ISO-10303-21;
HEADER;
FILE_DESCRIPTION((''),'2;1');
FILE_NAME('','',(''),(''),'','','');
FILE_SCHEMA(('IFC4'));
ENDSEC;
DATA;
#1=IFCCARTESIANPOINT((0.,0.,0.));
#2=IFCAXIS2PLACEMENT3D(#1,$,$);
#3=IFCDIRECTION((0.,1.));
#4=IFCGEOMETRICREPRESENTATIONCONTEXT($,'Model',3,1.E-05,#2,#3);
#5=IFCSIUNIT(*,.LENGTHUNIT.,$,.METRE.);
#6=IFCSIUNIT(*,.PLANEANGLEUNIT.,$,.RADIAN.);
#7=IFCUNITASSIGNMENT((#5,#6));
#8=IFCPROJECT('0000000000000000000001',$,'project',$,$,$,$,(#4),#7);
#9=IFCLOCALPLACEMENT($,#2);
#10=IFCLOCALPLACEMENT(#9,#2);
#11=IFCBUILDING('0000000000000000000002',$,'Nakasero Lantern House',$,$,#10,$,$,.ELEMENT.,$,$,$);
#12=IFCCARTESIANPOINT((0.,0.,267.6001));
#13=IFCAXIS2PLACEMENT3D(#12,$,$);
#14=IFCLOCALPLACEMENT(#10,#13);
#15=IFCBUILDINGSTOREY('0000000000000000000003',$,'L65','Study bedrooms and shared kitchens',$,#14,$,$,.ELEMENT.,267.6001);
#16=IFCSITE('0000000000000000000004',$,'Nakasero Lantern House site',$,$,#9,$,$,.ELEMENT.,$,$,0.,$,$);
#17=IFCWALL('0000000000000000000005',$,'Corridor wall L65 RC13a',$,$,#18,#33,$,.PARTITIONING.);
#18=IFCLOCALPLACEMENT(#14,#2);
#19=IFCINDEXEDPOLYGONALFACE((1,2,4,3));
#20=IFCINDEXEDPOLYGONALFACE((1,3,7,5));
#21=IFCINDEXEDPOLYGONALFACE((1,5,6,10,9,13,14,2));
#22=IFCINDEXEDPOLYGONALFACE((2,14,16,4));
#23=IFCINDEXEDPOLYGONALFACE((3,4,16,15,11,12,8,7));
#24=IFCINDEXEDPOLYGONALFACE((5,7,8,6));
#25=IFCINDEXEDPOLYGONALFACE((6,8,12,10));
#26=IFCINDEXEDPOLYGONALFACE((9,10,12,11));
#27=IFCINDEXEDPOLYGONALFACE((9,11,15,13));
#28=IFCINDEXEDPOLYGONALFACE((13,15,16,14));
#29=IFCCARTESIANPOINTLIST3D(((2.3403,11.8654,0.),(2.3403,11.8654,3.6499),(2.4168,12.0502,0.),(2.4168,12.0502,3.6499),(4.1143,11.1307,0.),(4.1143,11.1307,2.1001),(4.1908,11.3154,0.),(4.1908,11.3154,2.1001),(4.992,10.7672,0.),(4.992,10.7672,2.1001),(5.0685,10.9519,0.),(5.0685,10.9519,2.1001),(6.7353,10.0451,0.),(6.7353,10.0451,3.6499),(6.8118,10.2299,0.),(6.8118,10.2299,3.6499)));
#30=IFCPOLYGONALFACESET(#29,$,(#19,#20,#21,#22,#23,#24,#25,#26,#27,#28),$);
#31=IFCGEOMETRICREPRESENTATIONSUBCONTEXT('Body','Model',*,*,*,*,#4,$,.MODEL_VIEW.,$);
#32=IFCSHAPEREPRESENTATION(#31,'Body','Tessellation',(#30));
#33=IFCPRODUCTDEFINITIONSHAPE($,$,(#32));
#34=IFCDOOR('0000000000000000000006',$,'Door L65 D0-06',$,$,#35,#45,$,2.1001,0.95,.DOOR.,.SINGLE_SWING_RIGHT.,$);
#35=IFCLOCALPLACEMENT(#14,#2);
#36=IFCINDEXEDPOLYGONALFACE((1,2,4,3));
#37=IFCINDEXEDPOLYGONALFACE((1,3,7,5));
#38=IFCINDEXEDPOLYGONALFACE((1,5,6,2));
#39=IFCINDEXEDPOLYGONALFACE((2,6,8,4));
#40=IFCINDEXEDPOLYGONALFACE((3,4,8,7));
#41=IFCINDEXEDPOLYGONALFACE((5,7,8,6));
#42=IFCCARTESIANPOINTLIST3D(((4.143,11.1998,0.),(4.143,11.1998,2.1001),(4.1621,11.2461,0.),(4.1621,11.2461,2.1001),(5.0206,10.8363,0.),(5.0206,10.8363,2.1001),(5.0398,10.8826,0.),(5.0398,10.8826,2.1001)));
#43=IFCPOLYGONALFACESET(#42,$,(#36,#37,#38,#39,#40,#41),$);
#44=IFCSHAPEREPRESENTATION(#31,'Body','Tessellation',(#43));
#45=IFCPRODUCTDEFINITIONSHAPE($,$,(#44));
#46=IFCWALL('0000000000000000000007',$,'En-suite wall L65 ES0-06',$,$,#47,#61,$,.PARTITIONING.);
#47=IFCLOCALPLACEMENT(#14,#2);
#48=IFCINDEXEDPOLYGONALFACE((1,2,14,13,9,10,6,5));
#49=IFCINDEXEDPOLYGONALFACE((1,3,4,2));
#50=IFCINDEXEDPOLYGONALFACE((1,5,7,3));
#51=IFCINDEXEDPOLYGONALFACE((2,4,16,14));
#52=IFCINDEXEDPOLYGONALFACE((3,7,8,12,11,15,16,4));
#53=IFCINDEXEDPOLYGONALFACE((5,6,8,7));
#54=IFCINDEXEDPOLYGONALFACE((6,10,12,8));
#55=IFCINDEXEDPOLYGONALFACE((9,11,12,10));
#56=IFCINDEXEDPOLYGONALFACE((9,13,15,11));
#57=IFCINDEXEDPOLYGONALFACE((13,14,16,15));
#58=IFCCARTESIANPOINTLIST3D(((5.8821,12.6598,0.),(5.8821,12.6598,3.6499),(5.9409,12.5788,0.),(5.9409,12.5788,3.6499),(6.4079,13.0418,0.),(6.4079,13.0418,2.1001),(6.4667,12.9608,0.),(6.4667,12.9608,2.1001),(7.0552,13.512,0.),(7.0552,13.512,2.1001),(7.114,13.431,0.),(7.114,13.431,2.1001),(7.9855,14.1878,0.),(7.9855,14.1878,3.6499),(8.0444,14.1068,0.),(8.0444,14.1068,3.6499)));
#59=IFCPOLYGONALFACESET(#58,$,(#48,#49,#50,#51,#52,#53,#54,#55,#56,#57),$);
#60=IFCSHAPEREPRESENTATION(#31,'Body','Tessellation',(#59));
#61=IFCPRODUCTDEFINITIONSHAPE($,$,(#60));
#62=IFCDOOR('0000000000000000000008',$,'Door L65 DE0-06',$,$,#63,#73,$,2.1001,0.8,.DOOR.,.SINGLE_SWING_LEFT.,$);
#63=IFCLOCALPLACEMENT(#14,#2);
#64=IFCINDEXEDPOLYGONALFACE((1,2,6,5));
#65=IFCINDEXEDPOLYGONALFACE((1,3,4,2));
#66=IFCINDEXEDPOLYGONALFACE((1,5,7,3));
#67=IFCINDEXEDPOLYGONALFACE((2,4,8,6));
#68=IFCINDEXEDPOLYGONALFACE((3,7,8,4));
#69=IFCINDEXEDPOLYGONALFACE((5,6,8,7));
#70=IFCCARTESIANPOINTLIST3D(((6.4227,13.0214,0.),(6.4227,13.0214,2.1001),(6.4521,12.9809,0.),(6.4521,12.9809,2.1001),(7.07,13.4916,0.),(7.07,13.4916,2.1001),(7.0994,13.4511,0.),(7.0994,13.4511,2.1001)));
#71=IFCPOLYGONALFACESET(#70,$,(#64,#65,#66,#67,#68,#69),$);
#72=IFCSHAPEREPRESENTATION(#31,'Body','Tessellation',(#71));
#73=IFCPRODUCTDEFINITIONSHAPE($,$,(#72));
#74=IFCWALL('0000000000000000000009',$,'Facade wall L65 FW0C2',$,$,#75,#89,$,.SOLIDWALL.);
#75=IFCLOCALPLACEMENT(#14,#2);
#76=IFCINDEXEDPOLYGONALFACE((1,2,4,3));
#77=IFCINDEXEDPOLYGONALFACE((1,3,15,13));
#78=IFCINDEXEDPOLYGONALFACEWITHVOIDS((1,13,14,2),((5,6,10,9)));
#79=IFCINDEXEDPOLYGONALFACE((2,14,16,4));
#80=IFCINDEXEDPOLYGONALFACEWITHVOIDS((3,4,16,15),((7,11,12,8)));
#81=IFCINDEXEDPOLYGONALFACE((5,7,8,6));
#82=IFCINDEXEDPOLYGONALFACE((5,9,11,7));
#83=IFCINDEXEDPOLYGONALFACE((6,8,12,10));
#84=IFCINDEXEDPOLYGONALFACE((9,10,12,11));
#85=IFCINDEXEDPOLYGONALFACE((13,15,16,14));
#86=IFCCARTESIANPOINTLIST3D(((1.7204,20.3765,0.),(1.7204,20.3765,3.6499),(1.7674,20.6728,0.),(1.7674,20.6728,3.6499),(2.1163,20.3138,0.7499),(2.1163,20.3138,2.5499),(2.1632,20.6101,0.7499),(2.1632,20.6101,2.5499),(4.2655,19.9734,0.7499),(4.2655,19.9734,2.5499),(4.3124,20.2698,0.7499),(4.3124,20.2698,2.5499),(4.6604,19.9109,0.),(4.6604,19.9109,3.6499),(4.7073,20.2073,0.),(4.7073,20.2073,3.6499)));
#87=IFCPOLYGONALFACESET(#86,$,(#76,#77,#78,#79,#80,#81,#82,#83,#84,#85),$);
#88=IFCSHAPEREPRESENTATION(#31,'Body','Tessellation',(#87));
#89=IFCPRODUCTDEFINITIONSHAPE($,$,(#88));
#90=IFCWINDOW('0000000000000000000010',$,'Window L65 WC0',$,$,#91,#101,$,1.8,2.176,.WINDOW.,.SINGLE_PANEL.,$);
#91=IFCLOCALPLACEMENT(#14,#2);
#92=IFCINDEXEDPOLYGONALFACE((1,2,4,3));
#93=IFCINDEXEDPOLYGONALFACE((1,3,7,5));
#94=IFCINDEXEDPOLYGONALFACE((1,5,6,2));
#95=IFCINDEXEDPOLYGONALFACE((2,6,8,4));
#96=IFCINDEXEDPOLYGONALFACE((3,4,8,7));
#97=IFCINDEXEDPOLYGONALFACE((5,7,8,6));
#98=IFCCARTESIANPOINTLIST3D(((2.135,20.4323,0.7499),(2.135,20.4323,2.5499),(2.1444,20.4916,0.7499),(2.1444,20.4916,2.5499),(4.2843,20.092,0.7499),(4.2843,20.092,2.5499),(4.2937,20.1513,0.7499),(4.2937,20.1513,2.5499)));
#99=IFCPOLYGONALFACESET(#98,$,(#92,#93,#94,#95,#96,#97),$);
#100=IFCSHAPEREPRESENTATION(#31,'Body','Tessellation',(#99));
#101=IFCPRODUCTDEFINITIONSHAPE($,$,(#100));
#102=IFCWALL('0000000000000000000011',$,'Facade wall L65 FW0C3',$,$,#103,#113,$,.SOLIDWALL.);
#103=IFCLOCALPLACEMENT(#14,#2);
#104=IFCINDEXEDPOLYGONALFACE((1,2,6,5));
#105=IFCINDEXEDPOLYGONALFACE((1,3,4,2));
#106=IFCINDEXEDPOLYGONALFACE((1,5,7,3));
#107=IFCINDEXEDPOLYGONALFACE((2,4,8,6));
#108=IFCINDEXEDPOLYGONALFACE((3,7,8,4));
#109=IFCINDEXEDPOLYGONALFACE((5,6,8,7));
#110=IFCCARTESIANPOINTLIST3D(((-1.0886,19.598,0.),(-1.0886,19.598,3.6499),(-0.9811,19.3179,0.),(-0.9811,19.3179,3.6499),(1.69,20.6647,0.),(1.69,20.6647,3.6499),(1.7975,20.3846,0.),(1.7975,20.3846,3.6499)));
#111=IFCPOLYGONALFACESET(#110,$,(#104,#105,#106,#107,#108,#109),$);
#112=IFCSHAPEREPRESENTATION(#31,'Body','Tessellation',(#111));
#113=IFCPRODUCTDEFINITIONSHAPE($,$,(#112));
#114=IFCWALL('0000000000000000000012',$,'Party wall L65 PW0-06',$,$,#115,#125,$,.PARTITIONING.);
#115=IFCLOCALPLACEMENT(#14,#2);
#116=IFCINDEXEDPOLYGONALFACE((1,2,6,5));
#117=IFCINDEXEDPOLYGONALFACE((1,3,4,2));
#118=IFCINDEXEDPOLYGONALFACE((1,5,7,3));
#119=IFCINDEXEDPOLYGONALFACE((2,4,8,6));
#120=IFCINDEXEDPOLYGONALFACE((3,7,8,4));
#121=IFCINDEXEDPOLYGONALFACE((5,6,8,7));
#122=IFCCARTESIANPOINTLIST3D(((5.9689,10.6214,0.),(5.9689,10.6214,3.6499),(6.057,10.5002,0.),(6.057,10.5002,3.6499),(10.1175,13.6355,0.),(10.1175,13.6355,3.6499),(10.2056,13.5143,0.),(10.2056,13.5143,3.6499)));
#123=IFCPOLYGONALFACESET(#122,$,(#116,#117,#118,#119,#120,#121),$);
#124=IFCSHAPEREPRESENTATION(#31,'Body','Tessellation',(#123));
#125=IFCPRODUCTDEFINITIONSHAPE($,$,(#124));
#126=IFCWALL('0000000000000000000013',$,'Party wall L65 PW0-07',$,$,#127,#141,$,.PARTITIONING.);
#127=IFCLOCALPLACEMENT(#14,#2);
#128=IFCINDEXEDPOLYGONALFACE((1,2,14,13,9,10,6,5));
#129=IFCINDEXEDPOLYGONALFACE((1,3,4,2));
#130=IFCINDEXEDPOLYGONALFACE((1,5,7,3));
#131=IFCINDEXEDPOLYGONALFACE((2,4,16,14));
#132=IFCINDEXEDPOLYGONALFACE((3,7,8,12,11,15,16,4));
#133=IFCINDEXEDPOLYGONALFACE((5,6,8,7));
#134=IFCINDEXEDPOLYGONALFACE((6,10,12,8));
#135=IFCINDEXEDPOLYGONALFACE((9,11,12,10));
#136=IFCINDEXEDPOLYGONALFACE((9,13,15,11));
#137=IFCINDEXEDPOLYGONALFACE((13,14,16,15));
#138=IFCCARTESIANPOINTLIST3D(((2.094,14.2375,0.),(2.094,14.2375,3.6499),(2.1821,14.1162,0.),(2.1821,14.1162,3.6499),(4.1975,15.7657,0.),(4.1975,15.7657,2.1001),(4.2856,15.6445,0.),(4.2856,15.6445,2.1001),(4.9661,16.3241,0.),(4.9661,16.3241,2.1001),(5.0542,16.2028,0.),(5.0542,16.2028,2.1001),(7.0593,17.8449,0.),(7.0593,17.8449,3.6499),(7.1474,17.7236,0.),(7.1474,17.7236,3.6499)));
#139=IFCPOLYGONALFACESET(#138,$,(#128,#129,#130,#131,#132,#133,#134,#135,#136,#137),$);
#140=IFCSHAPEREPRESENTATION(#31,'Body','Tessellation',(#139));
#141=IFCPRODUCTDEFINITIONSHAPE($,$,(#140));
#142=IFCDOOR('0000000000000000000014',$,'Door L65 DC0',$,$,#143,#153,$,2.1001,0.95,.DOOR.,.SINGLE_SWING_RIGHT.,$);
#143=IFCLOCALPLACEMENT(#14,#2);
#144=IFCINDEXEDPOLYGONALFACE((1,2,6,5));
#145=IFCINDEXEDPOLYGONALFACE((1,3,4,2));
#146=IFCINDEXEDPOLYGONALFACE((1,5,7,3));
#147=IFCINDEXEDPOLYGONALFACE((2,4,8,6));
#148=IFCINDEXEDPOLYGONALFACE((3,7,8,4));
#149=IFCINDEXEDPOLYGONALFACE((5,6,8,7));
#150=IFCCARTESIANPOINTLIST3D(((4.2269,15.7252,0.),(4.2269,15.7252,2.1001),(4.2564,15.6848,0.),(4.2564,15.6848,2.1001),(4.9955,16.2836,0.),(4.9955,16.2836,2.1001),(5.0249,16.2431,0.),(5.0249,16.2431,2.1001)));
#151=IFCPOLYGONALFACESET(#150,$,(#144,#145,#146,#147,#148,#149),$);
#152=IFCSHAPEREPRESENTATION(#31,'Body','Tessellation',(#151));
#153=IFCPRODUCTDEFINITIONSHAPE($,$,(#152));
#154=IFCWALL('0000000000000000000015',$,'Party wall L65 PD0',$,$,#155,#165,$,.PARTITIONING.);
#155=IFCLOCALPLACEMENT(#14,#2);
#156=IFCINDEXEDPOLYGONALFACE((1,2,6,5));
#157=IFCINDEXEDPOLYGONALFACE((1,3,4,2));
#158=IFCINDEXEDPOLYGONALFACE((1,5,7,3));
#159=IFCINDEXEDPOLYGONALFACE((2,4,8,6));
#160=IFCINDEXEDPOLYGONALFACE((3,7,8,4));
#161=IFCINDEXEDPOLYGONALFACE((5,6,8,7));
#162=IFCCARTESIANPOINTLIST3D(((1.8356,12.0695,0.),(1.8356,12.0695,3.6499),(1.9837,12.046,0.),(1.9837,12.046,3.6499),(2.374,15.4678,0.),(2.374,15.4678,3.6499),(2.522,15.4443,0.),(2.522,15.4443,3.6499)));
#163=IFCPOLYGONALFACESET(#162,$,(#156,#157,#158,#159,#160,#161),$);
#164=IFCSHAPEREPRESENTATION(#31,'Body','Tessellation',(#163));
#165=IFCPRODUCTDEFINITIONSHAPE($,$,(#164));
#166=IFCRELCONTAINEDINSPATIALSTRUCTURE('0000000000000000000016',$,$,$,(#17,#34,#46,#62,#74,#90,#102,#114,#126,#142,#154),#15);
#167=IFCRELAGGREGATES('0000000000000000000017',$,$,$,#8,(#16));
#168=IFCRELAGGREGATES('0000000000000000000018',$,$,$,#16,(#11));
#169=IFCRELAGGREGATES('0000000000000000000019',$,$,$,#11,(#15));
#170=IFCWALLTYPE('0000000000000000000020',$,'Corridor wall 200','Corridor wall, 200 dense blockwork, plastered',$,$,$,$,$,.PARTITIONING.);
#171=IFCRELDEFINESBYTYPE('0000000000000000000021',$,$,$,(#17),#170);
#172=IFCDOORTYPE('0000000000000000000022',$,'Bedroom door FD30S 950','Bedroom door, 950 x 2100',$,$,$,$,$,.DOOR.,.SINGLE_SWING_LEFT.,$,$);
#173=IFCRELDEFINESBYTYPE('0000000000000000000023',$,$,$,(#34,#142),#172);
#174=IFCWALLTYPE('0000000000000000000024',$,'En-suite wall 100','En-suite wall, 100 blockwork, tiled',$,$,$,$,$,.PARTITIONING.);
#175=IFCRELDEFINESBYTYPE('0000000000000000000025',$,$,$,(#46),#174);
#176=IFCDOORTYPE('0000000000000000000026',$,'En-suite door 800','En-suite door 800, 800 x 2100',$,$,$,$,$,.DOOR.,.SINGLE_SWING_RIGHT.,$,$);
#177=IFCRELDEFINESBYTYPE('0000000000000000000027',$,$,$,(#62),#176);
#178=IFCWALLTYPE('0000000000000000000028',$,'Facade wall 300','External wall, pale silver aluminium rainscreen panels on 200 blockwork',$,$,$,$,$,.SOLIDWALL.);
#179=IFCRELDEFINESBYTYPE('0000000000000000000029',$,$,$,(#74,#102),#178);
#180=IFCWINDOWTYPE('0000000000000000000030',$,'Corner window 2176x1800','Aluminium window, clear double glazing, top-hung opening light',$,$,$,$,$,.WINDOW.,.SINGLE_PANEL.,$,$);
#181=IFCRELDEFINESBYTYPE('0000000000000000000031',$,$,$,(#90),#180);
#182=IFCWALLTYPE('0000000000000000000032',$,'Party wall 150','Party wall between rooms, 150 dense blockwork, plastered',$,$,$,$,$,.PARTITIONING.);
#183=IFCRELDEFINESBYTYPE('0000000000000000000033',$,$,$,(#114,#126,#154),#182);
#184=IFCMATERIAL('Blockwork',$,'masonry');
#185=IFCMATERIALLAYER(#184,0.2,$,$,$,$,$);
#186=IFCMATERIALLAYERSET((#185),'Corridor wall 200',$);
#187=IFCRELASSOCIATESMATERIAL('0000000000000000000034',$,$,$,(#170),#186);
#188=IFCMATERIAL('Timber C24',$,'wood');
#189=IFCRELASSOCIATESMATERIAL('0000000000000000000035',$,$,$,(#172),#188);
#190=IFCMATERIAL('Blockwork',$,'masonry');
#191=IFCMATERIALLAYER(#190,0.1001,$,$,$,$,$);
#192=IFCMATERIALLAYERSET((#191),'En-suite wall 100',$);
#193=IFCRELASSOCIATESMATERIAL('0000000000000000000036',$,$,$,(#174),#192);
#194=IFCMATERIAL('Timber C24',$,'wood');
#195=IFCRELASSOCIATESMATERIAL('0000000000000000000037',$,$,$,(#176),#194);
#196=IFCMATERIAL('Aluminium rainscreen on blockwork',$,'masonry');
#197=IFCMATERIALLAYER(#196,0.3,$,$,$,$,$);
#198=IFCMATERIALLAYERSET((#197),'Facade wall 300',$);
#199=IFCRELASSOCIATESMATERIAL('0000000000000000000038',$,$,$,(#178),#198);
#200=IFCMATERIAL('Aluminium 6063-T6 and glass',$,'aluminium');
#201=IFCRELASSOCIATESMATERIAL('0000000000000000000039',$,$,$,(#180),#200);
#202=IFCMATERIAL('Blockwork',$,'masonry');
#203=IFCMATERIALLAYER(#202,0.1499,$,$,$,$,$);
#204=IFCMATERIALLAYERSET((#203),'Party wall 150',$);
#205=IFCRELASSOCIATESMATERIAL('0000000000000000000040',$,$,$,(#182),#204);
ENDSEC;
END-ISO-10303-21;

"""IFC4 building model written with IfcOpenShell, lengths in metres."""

from ifc_helpers import new_model, si_unit, direction, frame, frame_2d, origin, place, context, subcontext, project, spatial, rectangle, extrude, material, layer, layer_set, type_object, element, fill, save


model = new_model("IFC4")

# Units and contexts
model_context = context("Model", 3, precision=1e-05, world=origin(), true_north=direction((0.0, 1.0)))
body_context = subcontext(model_context, "Body", "Model", "MODEL_VIEW")
ifc_project = project(units=[si_unit("LENGTHUNIT", "METRE"), si_unit("PLANEANGLEUNIT", "RADIAN")], contexts=[model_context])

# Site, building, storey
site_placement = place(None, origin())
site = spatial("IfcSite", under=ifc_project, at=site_placement, Name="Nakasero Lantern House site", CompositionType="ELEMENT", RefElevation=0.0)
building_placement = place(site_placement, origin())
building = spatial("IfcBuilding", under=site, at=building_placement, Name="Nakasero Lantern House", CompositionType="ELEMENT")
storey_placement = place(building_placement, frame((0.0, 0.0, 267.6001)))
storey = spatial("IfcBuildingStorey", under=building, at=storey_placement, Name="L65", Description="Study bedrooms and shared kitchens", CompositionType="ELEMENT", Elevation=267.6001)

# Walls, openings, doors
ifc_material_1 = material(Name="Blockwork", Category="masonry")
ifc_layer_1 = layer(ifc_material_1, 0.2)
ifc_layer_set_1 = layer_set([ifc_layer_1], Name="Corridor wall 200")
wall_type_1 = type_object("IfcWallType", Name="Corridor wall 200", Description="Corridor wall, 200 dense blockwork, plastered", PredefinedType="PARTITIONING", material=ifc_layer_set_1)
wall_1_placement = place(storey_placement, frame((2.3787, 11.9578, 0.0), z_axis=(0.0, 0.0, 1.0), x_axis=(0.923892, -0.382654, 0.0)))
wall_1 = element("IfcWall", 1, at=wall_1_placement, inside=storey, type_object=wall_type_1, Name="Corridor wall L65 RC13a", PredefinedType="PARTITIONING", context=body_context, shape_type="SweptSolid", body=[
    extrude(rectangle(XDim=4.7571, YDim=0.2, at=frame_2d((2.3784, 0.0))), origin(), (0.0, 0.0, 1.0), 3.6499),
])
opening_1_placement = place(wall_1_placement, frame((1.9199, 0.0, 0.0)))
opening_1 = element("IfcOpeningElement", 2, at=opening_1_placement, cuts=wall_1, PredefinedType="OPENING", context=body_context, shape_type="SweptSolid", body=[
    extrude(rectangle(XDim=0.95, YDim=2.1001, at=frame_2d((0.4751, 1.05))), frame((0.0, 0.1199, 0.0), z_axis=(0.0, -1.0, 0.0), x_axis=(1.0, 0.0, 0.0)), (0.0, 0.0, 1.0), 0.24),
])
ifc_material_2 = material(Name="Timber C24", Category="wood")
door_type_1 = type_object("IfcDoorType", Name="Bedroom door FD30S 950", Description="Bedroom door, 950 x 2100", OperationType="SINGLE_SWING_LEFT", PredefinedType="DOOR", material=ifc_material_2)
door_1_placement = place(opening_1_placement, origin())
door_1 = element("IfcDoor", 3, at=door_1_placement, inside=storey, type_object=door_type_1, Name="Door L65 D0-06", OperationType="SINGLE_SWING_RIGHT", OverallHeight=2.1001, OverallWidth=0.95, PredefinedType="DOOR", context=body_context, shape_type="SweptSolid", body=[
    extrude(rectangle(XDim=0.95, YDim=2.1001, at=frame_2d((0.4751, 1.05))), frame((0.0, 0.0249, 0.0), z_axis=(0.0, -1.0, 0.0), x_axis=(1.0, 0.0, 0.0)), (0.0, 0.0, 1.0), 0.05),
])
fill(opening_1, door_1)
ifc_material_3 = material(Name="Blockwork", Category="masonry")
ifc_layer_2 = layer(ifc_material_3, 0.1001)
ifc_layer_set_2 = layer_set([ifc_layer_2], Name="En-suite wall 100")
wall_type_2 = type_object("IfcWallType", Name="En-suite wall 100", Description="En-suite wall, 100 blockwork, tiled", PredefinedType="PARTITIONING", material=ifc_layer_set_2)
wall_2_placement = place(storey_placement, frame((5.9116, 12.6194, 0.0), z_axis=(0.0, 0.0, 1.0), x_axis=(0.809057, 0.587731, 0.0)))
wall_2 = element("IfcWall", 4, at=wall_2_placement, inside=storey, type_object=wall_type_2, Name="En-suite wall L65 ES0-06", PredefinedType="PARTITIONING", context=body_context, shape_type="SweptSolid", body=[
    extrude(rectangle(XDim=2.5999, YDim=0.1001, at=frame_2d((1.2998, 0.0))), origin(), (0.0, 0.0, 1.0), 3.6499),
])
opening_2_placement = place(wall_2_placement, frame((0.6499, 0.0, 0.0)))
opening_2 = element("IfcOpeningElement", 5, at=opening_2_placement, cuts=wall_2, PredefinedType="OPENING", context=body_context, shape_type="SweptSolid", body=[
    extrude(rectangle(XDim=0.8, YDim=2.1001, at=frame_2d((0.3999, 1.05))), frame((0.0, 0.0701, 0.0), z_axis=(0.0, -1.0, 0.0), x_axis=(1.0, 0.0, 0.0)), (0.0, 0.0, 1.0), 0.1401),
])
ifc_material_4 = material(Name="Timber C24", Category="wood")
door_type_2 = type_object("IfcDoorType", Name="En-suite door 800", Description="En-suite door 800, 800 x 2100", OperationType="SINGLE_SWING_RIGHT", PredefinedType="DOOR", material=ifc_material_4)
door_2_placement = place(opening_2_placement, origin())
door_2 = element("IfcDoor", 6, at=door_2_placement, inside=storey, type_object=door_type_2, Name="Door L65 DE0-06", OperationType="SINGLE_SWING_LEFT", OverallHeight=2.1001, OverallWidth=0.8, PredefinedType="DOOR", context=body_context, shape_type="SweptSolid", body=[
    extrude(rectangle(XDim=0.8, YDim=2.1001, at=frame_2d((0.3999, 1.05))), frame((0.0, 0.0249, 0.0), z_axis=(0.0, -1.0, 0.0), x_axis=(1.0, 0.0, 0.0)), (0.0, 0.0, 1.0), 0.05),
])
fill(opening_2, door_2)

# Wall, opening, window
ifc_material_5 = material(Name="Aluminium rainscreen on blockwork", Category="masonry")
ifc_layer_3 = layer(ifc_material_5, 0.3)
ifc_layer_set_3 = layer_set([ifc_layer_3], Name="Facade wall 300")
wall_type_3 = type_object("IfcWallType", Name="Facade wall 300", Description="External wall, pale silver aluminium rainscreen panels on 200 blockwork", PredefinedType="SOLIDWALL", material=ifc_layer_set_3)
wall_3_placement = place(storey_placement, frame((4.6838, 20.0591, 0.0), z_axis=(0.0, 0.0, 1.0), x_axis=(-0.987692, 0.156413, 0.0)))
wall_3 = element("IfcWall", 7, at=wall_3_placement, inside=storey, type_object=wall_type_3, Name="Facade wall L65 FW0C2", PredefinedType="SOLIDWALL", context=body_context, shape_type="SweptSolid", body=[
    extrude(rectangle(XDim=2.9766, YDim=0.3, at=frame_2d((1.4883, 0.0))), origin(), (0.0, 0.0, 1.0), 3.6499),
])
opening_3_placement = place(wall_3_placement, frame((0.3999, 0.0, 0.75)))
opening_3 = element("IfcOpeningElement", 8, at=opening_3_placement, cuts=wall_3, PredefinedType="OPENING", context=body_context, shape_type="SweptSolid", body=[
    extrude(rectangle(XDim=2.176, YDim=1.8, at=frame_2d((1.0879, 0.8999))), frame((0.0, 0.1699, 0.0), z_axis=(0.0, -1.0, 0.0), x_axis=(1.0, 0.0, 0.0)), (0.0, 0.0, 1.0), 0.3401),
])
ifc_material_6 = material(Name="Aluminium 6063-T6 and glass", Category="aluminium")
window_type = type_object("IfcWindowType", Name="Corner window 2176x1800", Description="Aluminium window, clear double glazing, top-hung opening light", PartitioningType="SINGLE_PANEL", PredefinedType="WINDOW", material=ifc_material_6)
window_placement = place(opening_3_placement, origin())
window = element("IfcWindow", 9, at=window_placement, inside=storey, type_object=window_type, Name="Window L65 WC0", OverallHeight=1.8, OverallWidth=2.176, PartitioningType="SINGLE_PANEL", PredefinedType="WINDOW", context=body_context, shape_type="SweptSolid", body=[
    extrude(rectangle(XDim=2.176, YDim=1.8, at=frame_2d((1.0879, 0.8999))), frame((0.0, 0.03, 0.0), z_axis=(0.0, -1.0, 0.0), x_axis=(1.0, 0.0, 0.0)), (0.0, 0.0, 1.0), 0.0601),
])
fill(opening_3, window)

# Walls
wall_4_placement = place(storey_placement, frame((1.7439, 20.5247, 0.0), z_axis=(0.0, 0.0, 1.0), x_axis=(-0.933574, -0.358385, 0.0)))
element("IfcWall", 10, at=wall_4_placement, inside=storey, type_object=wall_type_3, Name="Facade wall L65 FW0C3", PredefinedType="SOLIDWALL", context=body_context, shape_type="SweptSolid", body=[
    extrude(rectangle(XDim=2.9763, YDim=0.3, at=frame_2d((1.4883, 0.0))), origin(), (0.0, 0.0, 1.0), 3.6499),
])
ifc_material_7 = material(Name="Blockwork", Category="masonry")
ifc_layer_4 = layer(ifc_material_7, 0.1499)
ifc_layer_set_4 = layer_set([ifc_layer_4], Name="Party wall 150")
wall_type_4 = type_object("IfcWallType", Name="Party wall 150", Description="Party wall between rooms, 150 dense blockwork, plastered", PredefinedType="PARTITIONING", material=ifc_layer_set_4)
wall_5_placement = place(storey_placement, frame((6.0129, 10.5608, 0.0), z_axis=(0.0, 0.0, 1.0), x_axis=(0.80902, 0.587781, 0.0)))
element("IfcWall", 11, at=wall_5_placement, inside=storey, type_object=wall_type_4, Name="Party wall L65 PW0-06", PredefinedType="PARTITIONING", context=body_context, shape_type="SweptSolid", body=[
    extrude(rectangle(XDim=5.1279, YDim=0.1499, at=frame_2d((2.564, 0.0))), origin(), (0.0, 0.0, 1.0), 3.6499),
])

# Wall, opening, door
wall_6_placement = place(storey_placement, frame((2.1379, 14.1768, 0.0), z_axis=(0.0, 0.0, 1.0), x_axis=(0.809025, 0.587774, 0.0)))
wall_6 = element("IfcWall", 12, at=wall_6_placement, inside=storey, type_object=wall_type_4, Name="Party wall L65 PW0-07", PredefinedType="PARTITIONING", context=body_context, shape_type="SweptSolid", body=[
    extrude(rectangle(XDim=6.1375, YDim=0.1499, at=frame_2d((3.0688, 0.0))), origin(), (0.0, 0.0, 1.0), 3.6499),
])
opening_4_placement = place(wall_6_placement, frame((2.6001, 0.0, 0.0)))
opening_4 = element("IfcOpeningElement", 13, at=opening_4_placement, cuts=wall_6, PredefinedType="OPENING", context=body_context, shape_type="SweptSolid", body=[
    extrude(rectangle(XDim=0.95, YDim=2.1001, at=frame_2d((0.4751, 1.05))), frame((0.0, 0.095, 0.0), z_axis=(0.0, -1.0, 0.0), x_axis=(1.0, 0.0, 0.0)), (0.0, 0.0, 1.0), 0.1899),
])
door_3_placement = place(opening_4_placement, origin())
door_3 = element("IfcDoor", 14, at=door_3_placement, inside=storey, type_object=door_type_1, Name="Door L65 DC0", OperationType="SINGLE_SWING_RIGHT", OverallHeight=2.1001, OverallWidth=0.95, PredefinedType="DOOR", context=body_context, shape_type="SweptSolid", body=[
    extrude(rectangle(XDim=0.95, YDim=2.1001, at=frame_2d((0.4751, 1.05))), frame((0.0, 0.0249, 0.0), z_axis=(0.0, -1.0, 0.0), x_axis=(1.0, 0.0, 0.0)), (0.0, 0.0, 1.0), 0.05),
])
fill(opening_4, door_3)

# Wall
wall_7_placement = place(storey_placement, frame((1.9097, 12.0579, 0.0), z_axis=(0.0, 0.0, 1.0), x_axis=(0.156465, 0.987683, 0.0)))
element("IfcWall", 15, at=wall_7_placement, inside=storey, type_object=wall_type_4, Name="Party wall L65 PD0", PredefinedType="PARTITIONING", context=body_context, shape_type="SweptSolid", body=[
    extrude(rectangle(XDim=3.4407, YDim=0.1499, at=frame_2d((1.7202, 0.0))), origin(), (0.0, 0.0, 1.0), 3.6499),
])

save(model, "model.ifc")
